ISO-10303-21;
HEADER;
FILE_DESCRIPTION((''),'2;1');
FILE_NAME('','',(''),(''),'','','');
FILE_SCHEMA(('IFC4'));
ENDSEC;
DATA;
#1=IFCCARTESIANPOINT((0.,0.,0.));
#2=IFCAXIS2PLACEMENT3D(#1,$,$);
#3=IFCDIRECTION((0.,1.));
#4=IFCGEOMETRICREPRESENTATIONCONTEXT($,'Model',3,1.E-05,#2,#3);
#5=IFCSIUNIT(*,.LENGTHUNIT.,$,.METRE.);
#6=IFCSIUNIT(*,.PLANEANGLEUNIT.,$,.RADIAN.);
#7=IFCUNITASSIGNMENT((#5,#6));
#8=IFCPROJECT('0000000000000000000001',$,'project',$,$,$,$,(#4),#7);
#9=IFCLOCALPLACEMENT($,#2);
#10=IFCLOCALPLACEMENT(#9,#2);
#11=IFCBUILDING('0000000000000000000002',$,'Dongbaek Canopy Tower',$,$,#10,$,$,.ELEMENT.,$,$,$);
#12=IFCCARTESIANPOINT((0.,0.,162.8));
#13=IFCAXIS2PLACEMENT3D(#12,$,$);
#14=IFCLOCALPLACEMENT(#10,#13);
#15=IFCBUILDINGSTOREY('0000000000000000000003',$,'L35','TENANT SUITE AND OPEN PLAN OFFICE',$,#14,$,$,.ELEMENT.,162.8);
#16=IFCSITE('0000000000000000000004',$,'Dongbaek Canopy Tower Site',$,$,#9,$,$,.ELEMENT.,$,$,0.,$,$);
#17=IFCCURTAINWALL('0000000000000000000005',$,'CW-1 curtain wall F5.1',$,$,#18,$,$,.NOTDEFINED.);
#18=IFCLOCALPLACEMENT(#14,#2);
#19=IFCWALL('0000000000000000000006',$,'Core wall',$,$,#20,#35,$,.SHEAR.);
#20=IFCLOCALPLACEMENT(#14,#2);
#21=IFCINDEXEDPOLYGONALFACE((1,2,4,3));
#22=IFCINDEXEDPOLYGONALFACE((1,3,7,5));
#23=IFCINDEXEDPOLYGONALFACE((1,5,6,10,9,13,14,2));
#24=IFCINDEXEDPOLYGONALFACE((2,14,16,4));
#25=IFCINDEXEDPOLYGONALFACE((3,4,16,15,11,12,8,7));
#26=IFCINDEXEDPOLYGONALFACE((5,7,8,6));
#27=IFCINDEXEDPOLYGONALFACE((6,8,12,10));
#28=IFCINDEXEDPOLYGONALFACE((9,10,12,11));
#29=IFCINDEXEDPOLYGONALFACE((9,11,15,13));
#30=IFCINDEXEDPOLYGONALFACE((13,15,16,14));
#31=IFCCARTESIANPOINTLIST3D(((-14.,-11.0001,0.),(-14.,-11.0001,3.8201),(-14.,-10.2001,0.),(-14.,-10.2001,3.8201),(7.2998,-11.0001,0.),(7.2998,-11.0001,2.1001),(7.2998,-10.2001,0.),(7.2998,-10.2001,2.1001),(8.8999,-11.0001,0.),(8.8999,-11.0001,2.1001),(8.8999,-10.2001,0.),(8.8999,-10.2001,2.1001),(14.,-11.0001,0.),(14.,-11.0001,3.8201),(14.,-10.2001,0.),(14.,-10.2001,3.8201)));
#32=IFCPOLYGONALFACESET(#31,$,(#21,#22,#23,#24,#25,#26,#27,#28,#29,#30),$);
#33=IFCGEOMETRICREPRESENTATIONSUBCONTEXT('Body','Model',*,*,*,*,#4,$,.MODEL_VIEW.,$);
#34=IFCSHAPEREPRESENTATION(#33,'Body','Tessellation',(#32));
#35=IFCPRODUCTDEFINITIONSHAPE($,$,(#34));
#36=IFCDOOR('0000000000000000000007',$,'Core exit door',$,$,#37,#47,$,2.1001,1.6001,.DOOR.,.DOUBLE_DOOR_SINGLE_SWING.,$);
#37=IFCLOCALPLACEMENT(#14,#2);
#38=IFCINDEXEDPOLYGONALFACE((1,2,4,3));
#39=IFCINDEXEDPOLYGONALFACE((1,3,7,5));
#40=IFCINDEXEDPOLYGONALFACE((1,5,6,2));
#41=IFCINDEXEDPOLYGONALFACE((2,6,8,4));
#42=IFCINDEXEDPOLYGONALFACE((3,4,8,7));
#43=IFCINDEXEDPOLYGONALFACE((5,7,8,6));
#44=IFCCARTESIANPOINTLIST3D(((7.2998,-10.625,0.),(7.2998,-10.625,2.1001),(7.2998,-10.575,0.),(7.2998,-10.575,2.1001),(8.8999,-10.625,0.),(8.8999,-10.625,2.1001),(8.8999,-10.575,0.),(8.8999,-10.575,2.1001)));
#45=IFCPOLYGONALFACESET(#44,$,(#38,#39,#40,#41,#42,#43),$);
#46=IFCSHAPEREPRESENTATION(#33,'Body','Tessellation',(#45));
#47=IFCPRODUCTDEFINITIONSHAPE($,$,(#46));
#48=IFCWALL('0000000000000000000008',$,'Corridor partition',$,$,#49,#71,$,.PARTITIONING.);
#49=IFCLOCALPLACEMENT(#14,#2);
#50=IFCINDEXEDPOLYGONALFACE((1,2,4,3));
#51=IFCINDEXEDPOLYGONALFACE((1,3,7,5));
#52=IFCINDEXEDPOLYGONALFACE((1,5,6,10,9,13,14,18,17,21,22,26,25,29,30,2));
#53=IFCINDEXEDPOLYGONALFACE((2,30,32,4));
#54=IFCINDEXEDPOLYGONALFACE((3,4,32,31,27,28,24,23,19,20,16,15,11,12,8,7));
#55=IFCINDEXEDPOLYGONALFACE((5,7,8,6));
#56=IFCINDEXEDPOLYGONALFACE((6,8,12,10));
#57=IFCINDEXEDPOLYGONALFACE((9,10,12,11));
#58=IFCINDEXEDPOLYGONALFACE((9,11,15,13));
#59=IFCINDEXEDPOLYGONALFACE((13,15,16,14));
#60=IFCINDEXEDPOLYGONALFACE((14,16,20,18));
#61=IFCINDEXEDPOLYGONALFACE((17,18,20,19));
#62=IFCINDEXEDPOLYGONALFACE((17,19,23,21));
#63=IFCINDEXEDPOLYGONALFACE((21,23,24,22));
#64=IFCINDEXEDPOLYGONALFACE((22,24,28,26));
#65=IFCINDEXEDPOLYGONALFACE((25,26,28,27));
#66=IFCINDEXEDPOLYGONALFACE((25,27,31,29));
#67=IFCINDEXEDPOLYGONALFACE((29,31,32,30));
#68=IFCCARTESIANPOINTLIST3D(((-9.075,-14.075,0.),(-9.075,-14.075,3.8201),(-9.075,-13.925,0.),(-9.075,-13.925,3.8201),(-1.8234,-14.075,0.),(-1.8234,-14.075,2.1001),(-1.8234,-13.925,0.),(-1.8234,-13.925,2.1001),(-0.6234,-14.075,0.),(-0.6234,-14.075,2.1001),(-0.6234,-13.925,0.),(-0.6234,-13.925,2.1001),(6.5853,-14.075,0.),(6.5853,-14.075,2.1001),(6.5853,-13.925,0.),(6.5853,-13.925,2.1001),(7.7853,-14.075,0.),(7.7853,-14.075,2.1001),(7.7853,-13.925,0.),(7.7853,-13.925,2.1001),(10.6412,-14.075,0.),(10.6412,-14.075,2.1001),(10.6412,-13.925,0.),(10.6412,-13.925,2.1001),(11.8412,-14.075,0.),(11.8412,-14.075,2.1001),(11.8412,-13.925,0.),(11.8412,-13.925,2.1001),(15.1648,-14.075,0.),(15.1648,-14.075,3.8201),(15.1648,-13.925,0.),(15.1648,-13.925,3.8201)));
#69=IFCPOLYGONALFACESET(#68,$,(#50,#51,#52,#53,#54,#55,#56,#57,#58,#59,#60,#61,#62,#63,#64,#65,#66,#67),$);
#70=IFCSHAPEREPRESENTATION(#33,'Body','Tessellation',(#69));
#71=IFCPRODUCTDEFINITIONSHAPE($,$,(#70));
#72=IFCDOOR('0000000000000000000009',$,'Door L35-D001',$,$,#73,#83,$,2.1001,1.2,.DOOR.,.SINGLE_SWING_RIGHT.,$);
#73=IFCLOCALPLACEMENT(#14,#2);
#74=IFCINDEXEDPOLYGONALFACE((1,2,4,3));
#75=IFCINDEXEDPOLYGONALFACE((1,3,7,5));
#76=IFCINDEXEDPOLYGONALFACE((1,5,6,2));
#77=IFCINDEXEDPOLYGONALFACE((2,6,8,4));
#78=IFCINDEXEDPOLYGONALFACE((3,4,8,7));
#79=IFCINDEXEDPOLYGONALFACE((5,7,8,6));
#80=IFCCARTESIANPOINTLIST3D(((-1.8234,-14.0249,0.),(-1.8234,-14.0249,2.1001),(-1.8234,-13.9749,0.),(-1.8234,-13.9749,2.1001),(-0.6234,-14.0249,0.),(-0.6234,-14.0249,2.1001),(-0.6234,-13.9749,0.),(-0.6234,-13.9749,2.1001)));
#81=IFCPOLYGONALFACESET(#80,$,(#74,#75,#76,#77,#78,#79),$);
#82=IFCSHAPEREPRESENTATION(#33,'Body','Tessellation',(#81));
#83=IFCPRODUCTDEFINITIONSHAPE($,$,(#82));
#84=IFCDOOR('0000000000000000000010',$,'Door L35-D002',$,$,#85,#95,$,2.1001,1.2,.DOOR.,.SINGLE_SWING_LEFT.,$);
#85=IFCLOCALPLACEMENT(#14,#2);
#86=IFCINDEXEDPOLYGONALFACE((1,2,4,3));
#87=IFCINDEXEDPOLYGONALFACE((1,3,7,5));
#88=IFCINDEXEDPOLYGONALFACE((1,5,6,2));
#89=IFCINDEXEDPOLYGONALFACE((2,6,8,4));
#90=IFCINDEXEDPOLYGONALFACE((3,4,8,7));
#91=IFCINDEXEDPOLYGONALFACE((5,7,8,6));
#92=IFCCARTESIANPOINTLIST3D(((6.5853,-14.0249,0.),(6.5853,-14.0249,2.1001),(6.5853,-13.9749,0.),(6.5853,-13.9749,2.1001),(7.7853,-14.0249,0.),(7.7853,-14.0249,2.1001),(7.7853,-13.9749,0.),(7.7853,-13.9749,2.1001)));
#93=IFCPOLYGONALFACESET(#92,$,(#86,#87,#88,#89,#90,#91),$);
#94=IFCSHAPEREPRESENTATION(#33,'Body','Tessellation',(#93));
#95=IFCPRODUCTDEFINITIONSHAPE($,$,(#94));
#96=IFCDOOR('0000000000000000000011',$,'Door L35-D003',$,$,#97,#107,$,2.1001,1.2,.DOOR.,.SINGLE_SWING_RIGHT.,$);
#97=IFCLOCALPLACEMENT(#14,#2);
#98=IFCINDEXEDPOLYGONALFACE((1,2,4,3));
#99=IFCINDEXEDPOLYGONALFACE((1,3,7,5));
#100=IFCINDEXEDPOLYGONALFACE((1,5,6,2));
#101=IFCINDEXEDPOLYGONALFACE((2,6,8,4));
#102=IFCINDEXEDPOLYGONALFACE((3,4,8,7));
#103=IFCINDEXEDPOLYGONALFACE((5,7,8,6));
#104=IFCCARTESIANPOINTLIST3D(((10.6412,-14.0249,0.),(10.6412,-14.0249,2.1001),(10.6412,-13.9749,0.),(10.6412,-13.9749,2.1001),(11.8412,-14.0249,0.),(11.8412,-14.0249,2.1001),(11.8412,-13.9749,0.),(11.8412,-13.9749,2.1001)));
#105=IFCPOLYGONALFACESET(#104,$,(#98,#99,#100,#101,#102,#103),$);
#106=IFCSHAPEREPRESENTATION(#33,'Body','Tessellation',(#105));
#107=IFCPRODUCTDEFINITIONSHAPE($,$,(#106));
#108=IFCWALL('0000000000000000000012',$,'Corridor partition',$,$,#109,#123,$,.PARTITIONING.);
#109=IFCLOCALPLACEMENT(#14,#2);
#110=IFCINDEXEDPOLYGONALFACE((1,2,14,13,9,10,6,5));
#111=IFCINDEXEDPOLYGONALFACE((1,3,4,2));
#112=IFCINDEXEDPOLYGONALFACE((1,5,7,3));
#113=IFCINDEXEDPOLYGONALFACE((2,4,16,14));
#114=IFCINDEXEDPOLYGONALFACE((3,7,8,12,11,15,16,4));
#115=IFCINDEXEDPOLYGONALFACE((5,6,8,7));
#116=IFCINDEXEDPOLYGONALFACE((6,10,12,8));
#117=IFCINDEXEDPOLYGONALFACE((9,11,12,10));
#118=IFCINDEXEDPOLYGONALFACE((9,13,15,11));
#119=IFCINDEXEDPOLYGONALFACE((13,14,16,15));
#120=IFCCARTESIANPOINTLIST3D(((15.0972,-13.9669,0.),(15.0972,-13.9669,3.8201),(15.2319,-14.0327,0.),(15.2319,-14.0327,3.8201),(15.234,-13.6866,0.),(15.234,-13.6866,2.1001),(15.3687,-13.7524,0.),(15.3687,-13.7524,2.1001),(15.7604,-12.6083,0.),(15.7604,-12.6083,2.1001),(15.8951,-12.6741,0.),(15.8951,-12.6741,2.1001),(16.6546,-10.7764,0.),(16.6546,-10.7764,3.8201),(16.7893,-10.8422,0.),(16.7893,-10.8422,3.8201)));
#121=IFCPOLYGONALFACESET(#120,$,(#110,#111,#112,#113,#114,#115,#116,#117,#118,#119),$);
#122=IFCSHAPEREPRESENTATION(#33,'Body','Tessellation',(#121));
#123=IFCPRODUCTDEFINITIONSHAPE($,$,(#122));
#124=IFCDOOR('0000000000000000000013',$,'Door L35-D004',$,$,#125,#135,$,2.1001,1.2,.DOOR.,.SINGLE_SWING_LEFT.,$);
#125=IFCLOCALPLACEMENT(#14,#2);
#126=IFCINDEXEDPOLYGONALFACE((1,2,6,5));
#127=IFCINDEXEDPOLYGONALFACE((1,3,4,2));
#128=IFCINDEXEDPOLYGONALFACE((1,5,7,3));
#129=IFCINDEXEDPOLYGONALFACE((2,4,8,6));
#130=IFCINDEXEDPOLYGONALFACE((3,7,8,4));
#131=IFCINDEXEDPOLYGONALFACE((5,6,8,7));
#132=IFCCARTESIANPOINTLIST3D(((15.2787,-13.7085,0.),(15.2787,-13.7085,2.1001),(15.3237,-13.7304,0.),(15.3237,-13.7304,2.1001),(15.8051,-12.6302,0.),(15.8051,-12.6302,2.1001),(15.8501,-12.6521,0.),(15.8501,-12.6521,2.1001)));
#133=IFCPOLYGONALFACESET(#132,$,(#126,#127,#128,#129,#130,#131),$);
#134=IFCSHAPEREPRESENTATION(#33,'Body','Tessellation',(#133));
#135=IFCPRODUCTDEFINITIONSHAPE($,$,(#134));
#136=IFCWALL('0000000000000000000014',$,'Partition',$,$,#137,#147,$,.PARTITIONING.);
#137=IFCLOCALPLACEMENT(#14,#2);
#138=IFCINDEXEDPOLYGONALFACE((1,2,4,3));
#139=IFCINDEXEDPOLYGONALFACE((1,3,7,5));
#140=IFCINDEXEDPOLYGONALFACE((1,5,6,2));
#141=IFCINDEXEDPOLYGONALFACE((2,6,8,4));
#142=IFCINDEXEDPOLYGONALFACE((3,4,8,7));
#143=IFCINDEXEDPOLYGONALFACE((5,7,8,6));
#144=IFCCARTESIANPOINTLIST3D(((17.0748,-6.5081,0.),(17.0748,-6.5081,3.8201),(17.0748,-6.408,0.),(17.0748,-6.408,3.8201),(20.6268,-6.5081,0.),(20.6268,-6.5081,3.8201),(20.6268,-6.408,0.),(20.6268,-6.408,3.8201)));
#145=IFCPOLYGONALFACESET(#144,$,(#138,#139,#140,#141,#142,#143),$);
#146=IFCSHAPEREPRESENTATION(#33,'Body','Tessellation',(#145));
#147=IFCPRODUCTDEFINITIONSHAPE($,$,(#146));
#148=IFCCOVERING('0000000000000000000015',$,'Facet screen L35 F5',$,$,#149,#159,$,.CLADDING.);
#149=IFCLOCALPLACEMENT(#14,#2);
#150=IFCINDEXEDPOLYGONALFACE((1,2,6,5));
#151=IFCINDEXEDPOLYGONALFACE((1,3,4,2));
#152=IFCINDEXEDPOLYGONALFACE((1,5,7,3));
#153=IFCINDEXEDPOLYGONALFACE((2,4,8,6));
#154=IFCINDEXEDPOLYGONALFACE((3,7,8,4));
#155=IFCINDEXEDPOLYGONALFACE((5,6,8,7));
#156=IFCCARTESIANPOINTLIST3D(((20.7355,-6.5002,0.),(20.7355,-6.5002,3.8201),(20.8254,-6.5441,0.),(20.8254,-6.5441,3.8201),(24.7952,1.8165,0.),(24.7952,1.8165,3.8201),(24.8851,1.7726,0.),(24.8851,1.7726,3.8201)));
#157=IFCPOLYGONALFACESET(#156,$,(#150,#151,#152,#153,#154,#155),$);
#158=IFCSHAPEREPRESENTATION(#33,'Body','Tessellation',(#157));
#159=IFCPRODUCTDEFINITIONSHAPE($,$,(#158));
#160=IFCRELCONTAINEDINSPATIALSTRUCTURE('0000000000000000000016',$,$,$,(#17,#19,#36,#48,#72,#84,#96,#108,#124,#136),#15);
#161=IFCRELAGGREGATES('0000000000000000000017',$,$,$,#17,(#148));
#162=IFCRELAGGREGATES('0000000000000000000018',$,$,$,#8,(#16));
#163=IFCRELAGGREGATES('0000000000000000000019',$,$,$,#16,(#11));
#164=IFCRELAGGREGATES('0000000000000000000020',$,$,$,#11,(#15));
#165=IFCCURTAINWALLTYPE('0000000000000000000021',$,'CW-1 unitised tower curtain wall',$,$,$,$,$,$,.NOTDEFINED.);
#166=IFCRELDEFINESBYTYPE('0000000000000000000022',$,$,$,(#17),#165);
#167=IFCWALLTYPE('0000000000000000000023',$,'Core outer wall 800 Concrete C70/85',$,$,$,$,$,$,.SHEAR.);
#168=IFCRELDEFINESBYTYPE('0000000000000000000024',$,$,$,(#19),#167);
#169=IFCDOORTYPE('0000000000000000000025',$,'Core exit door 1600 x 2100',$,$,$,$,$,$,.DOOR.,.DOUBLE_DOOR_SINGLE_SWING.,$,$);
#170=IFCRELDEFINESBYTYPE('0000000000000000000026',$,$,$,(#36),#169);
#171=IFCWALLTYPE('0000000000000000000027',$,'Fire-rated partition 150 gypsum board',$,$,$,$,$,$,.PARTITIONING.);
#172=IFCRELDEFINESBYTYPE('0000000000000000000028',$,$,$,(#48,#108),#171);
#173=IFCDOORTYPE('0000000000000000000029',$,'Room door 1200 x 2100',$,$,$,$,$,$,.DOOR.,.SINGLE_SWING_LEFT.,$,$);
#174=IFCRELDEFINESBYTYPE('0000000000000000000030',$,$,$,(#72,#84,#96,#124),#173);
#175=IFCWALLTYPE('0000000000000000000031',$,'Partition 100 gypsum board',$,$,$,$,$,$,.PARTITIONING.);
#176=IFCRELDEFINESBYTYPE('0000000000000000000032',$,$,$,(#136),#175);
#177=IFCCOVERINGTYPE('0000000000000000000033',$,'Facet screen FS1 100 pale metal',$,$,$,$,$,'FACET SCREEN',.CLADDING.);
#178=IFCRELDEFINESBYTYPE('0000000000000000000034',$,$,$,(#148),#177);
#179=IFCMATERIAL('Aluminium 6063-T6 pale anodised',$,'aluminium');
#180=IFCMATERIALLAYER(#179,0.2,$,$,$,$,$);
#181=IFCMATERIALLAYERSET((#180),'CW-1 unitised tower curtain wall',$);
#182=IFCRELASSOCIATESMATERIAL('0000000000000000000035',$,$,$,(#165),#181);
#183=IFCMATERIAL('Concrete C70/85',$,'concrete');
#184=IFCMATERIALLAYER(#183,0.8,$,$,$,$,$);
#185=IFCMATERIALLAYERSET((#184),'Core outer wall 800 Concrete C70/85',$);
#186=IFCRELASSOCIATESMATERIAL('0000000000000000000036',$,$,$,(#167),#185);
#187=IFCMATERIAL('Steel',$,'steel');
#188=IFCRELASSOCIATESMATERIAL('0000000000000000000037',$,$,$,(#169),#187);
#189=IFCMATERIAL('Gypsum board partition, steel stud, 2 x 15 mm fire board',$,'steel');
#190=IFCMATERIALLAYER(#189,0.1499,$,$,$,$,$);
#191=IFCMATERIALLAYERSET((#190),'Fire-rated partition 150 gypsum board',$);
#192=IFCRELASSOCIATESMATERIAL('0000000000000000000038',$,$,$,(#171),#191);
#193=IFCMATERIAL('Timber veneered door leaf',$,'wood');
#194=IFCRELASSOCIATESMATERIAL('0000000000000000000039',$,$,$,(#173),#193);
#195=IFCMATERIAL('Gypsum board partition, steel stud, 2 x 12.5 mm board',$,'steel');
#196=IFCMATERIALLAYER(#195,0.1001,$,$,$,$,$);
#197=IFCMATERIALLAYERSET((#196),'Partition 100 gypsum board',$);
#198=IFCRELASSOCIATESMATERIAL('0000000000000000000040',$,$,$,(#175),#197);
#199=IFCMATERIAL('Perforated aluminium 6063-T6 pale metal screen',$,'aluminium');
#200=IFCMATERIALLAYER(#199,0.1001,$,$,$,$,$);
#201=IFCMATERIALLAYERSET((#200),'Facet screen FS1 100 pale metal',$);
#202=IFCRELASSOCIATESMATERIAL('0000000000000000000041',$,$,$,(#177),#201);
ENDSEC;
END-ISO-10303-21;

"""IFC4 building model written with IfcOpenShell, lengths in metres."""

from ifc_helpers import new_model, si_unit, direction, frame, frame_2d, origin, origin_2d, place, context, subcontext, project, spatial, rectangle, extrude, material, layer, layer_set, type_object, element, fill, aggregate, save


model = new_model("IFC4")

# Units and contexts
model_context = context("Model", 3, precision=1e-05, world=origin(), true_north=direction((0.0, 1.0)))
body_context = subcontext(model_context, "Body", "Model", "MODEL_VIEW")
ifc_project = project(units=[si_unit("LENGTHUNIT", "METRE"), si_unit("PLANEANGLEUNIT", "RADIAN")], contexts=[model_context])

# Site, building, storey
site_placement = place(None, origin())
site = spatial("IfcSite", under=ifc_project, at=site_placement, Name="Dongbaek Canopy Tower Site", CompositionType="ELEMENT", RefElevation=0.0)
building_placement = place(site_placement, origin())
building = spatial("IfcBuilding", under=site, at=building_placement, Name="Dongbaek Canopy Tower", CompositionType="ELEMENT")
storey_placement = place(building_placement, frame((0.0, 0.0, 162.8)))
storey = spatial("IfcBuildingStorey", under=building, at=storey_placement, Name="L35", Description="TENANT SUITE AND OPEN PLAN OFFICE", CompositionType="ELEMENT", Elevation=162.8)

# Curtain wall
ifc_material_1 = material(Name="Aluminium 6063-T6 pale anodised", Category="aluminium")
ifc_layer_1 = layer(ifc_material_1, 0.2)
ifc_layer_set_1 = layer_set([ifc_layer_1], Name="CW-1 unitised tower curtain wall")
curtain_wall_type = type_object("IfcCurtainWallType", Name="CW-1 unitised tower curtain wall", PredefinedType="NOTDEFINED", material=ifc_layer_set_1)
curtain_wall_placement = place(storey_placement, origin())
curtain_wall = element("IfcCurtainWall", 1, at=curtain_wall_placement, inside=storey, type_object=curtain_wall_type, Name="CW-1 curtain wall F5.1", PredefinedType="NOTDEFINED")

# Wall, opening, door
ifc_material_2 = material(Name="Concrete C70/85", Category="concrete")
ifc_layer_2 = layer(ifc_material_2, 0.8)
ifc_layer_set_2 = layer_set([ifc_layer_2], Name="Core outer wall 800 Concrete C70/85")
wall_type_1 = type_object("IfcWallType", Name="Core outer wall 800 Concrete C70/85", PredefinedType="SHEAR", material=ifc_layer_set_2)
wall_1_placement = place(storey_placement, frame((14.0, -10.6001, 0.0), z_axis=(0.0, 0.0, 1.0), x_axis=(-1.0, 0.0, 0.0)))
wall_1 = element("IfcWall", 2, at=wall_1_placement, inside=storey, type_object=wall_type_1, Name="Core wall", PredefinedType="SHEAR", context=body_context, shape_type="SweptSolid", body=[
    extrude(rectangle(XDim=28.0, YDim=0.8, at=frame_2d((14.0, 0.0))), origin(), (0.0, 0.0, 1.0), 3.8201),
])
opening_1_placement = place(wall_1_placement, frame((5.1001, 0.0, 0.0)))
opening_1 = element("IfcOpeningElement", 3, at=opening_1_placement, cuts=wall_1, PredefinedType="OPENING", context=body_context, shape_type="SweptSolid", body=[
    extrude(rectangle(XDim=1.6001, YDim=2.1001, at=frame_2d((0.8, 1.05))), frame((0.0, 0.4099, 0.0), z_axis=(0.0, -1.0, 0.0), x_axis=(1.0, 0.0, 0.0)), (0.0, 0.0, 1.0), 0.8201),
])
ifc_material_3 = material(Name="Steel", Category="steel")
door_type_1 = type_object("IfcDoorType", Name="Core exit door 1600 x 2100", OperationType="DOUBLE_DOOR_SINGLE_SWING", PredefinedType="DOOR", material=ifc_material_3)
door_1_placement = place(opening_1_placement, origin())
door_1 = element("IfcDoor", 4, at=door_1_placement, inside=storey, type_object=door_type_1, Name="Core exit door", OperationType="DOUBLE_DOOR_SINGLE_SWING", OverallHeight=2.1001, OverallWidth=1.6001, PredefinedType="DOOR", context=body_context, shape_type="SweptSolid", body=[
    extrude(rectangle(XDim=1.6001, YDim=2.1001, at=frame_2d((0.8, 1.05))), frame((0.0, 0.0249, 0.0), z_axis=(0.0, -1.0, 0.0), x_axis=(1.0, 0.0, 0.0)), (0.0, 0.0, 1.0), 0.05),
])
fill(opening_1, door_1)

# Wall, openings, doors
ifc_material_4 = material(Name="Gypsum board partition, steel stud, 2 x 15 mm fire board", Category="steel")
ifc_layer_3 = layer(ifc_material_4, 0.1499)
ifc_layer_set_3 = layer_set([ifc_layer_3], Name="Fire-rated partition 150 gypsum board")
wall_type_2 = type_object("IfcWallType", Name="Fire-rated partition 150 gypsum board", PredefinedType="PARTITIONING", material=ifc_layer_set_3)
wall_2_placement = place(storey_placement, frame((15.1648, -14.0, 0.0), z_axis=(0.0, 0.0, 1.0), x_axis=(-1.0, 0.0, 0.0)))
wall_2 = element("IfcWall", 5, at=wall_2_placement, inside=storey, type_object=wall_type_2, Name="Corridor partition", PredefinedType="PARTITIONING", context=body_context, shape_type="SweptSolid", body=[
    extrude(rectangle(XDim=24.2397, YDim=0.1499, at=frame_2d((12.1199, 0.0))), origin(), (0.0, 0.0, 1.0), 3.8201),
])
opening_2_placement = place(wall_2_placement, frame((15.7881, 0.0, 0.0)))
opening_2 = element("IfcOpeningElement", 6, at=opening_2_placement, cuts=wall_2, PredefinedType="OPENING", context=body_context, shape_type="SweptSolid", body=[
    extrude(rectangle(XDim=1.2, YDim=2.1001, at=frame_2d((0.6001, 1.05))), frame((0.0, 0.085, 0.0), z_axis=(0.0, -1.0, 0.0), x_axis=(1.0, 0.0, 0.0)), (0.0, 0.0, 1.0), 0.1699),
])
opening_3_placement = place(wall_2_placement, frame((7.3794, 0.0, 0.0)))
opening_3 = element("IfcOpeningElement", 7, at=opening_3_placement, cuts=wall_2, PredefinedType="OPENING", context=body_context, shape_type="SweptSolid", body=[
    extrude(rectangle(XDim=1.2, YDim=2.1001, at=frame_2d((0.6001, 1.05))), frame((0.0, 0.085, 0.0), z_axis=(0.0, -1.0, 0.0), x_axis=(1.0, 0.0, 0.0)), (0.0, 0.0, 1.0), 0.1699),
])
opening_4_placement = place(wall_2_placement, frame((3.3235, 0.0, 0.0)))
opening_4 = element("IfcOpeningElement", 8, at=opening_4_placement, cuts=wall_2, PredefinedType="OPENING", context=body_context, shape_type="SweptSolid", body=[
    extrude(rectangle(XDim=1.2, YDim=2.1001, at=frame_2d((0.6001, 1.05))), frame((0.0, 0.085, 0.0), z_axis=(0.0, -1.0, 0.0), x_axis=(1.0, 0.0, 0.0)), (0.0, 0.0, 1.0), 0.1699),
])
ifc_material_5 = material(Name="Timber veneered door leaf", Category="wood")
door_type_2 = type_object("IfcDoorType", Name="Room door 1200 x 2100", OperationType="SINGLE_SWING_LEFT", PredefinedType="DOOR", material=ifc_material_5)
door_2_placement = place(opening_2_placement, origin())
door_2 = element("IfcDoor", 9, at=door_2_placement, inside=storey, type_object=door_type_2, Name="Door L35-D001", OperationType="SINGLE_SWING_RIGHT", OverallHeight=2.1001, OverallWidth=1.2, PredefinedType="DOOR", context=body_context, shape_type="SweptSolid", body=[
    extrude(rectangle(XDim=1.2, YDim=2.1001, at=frame_2d((0.6001, 1.05))), frame((0.0, 0.0249, 0.0), z_axis=(0.0, -1.0, 0.0), x_axis=(1.0, 0.0, 0.0)), (0.0, 0.0, 1.0), 0.05),
])
fill(opening_2, door_2)
door_3_placement = place(opening_3_placement, origin())
door_3 = element("IfcDoor", 10, at=door_3_placement, inside=storey, type_object=door_type_2, Name="Door L35-D002", OperationType="SINGLE_SWING_LEFT", OverallHeight=2.1001, OverallWidth=1.2, PredefinedType="DOOR", context=body_context, shape_type="SweptSolid", body=[
    extrude(rectangle(XDim=1.2, YDim=2.1001, at=frame_2d((0.6001, 1.05))), frame((0.0, 0.0249, 0.0), z_axis=(0.0, -1.0, 0.0), x_axis=(1.0, 0.0, 0.0)), (0.0, 0.0, 1.0), 0.05),
])
fill(opening_3, door_3)
door_4_placement = place(opening_4_placement, origin())
door_4 = element("IfcDoor", 11, at=door_4_placement, inside=storey, type_object=door_type_2, Name="Door L35-D003", OperationType="SINGLE_SWING_RIGHT", OverallHeight=2.1001, OverallWidth=1.2, PredefinedType="DOOR", context=body_context, shape_type="SweptSolid", body=[
    extrude(rectangle(XDim=1.2, YDim=2.1001, at=frame_2d((0.6001, 1.05))), frame((0.0, 0.0249, 0.0), z_axis=(0.0, -1.0, 0.0), x_axis=(1.0, 0.0, 0.0)), (0.0, 0.0, 1.0), 0.05),
])
fill(opening_4, door_4)

# Wall, opening, door
wall_3_placement = place(storey_placement, frame((16.7219, -10.8093, 0.0), z_axis=(0.0, 0.0, 1.0), x_axis=(-0.438666, -0.89865, 0.0)))
wall_3 = element("IfcWall", 12, at=wall_3_placement, inside=storey, type_object=wall_type_2, Name="Corridor partition", PredefinedType="PARTITIONING", context=body_context, shape_type="SweptSolid", body=[
    extrude(rectangle(XDim=3.5503, YDim=0.1499, at=frame_2d((1.7751, 0.0))), origin(), (0.0, 0.0, 1.0), 3.8201),
])
opening_5_placement = place(wall_3_placement, frame((2.0383, 0.0, 0.0)))
opening_5 = element("IfcOpeningElement", 13, at=opening_5_placement, cuts=wall_3, PredefinedType="OPENING", context=body_context, shape_type="SweptSolid", body=[
    extrude(rectangle(XDim=1.2, YDim=2.1001, at=frame_2d((0.6001, 1.05))), frame((0.0, 0.085, 0.0), z_axis=(0.0, -1.0, 0.0), x_axis=(1.0, 0.0, 0.0)), (0.0, 0.0, 1.0), 0.1699),
])
door_5_placement = place(opening_5_placement, origin())
door_5 = element("IfcDoor", 14, at=door_5_placement, inside=storey, type_object=door_type_2, Name="Door L35-D004", OperationType="SINGLE_SWING_LEFT", OverallHeight=2.1001, OverallWidth=1.2, PredefinedType="DOOR", context=body_context, shape_type="SweptSolid", body=[
    extrude(rectangle(XDim=1.2, YDim=2.1001, at=frame_2d((0.6001, 1.05))), frame((0.0, 0.0249, 0.0), z_axis=(0.0, -1.0, 0.0), x_axis=(1.0, 0.0, 0.0)), (0.0, 0.0, 1.0), 0.05),
])
fill(opening_5, door_5)

# Wall
ifc_material_6 = material(Name="Gypsum board partition, steel stud, 2 x 12.5 mm board", Category="steel")
ifc_layer_4 = layer(ifc_material_6, 0.1001)
ifc_layer_set_4 = layer_set([ifc_layer_4], Name="Partition 100 gypsum board")
wall_type_3 = type_object("IfcWallType", Name="Partition 100 gypsum board", PredefinedType="PARTITIONING", material=ifc_layer_set_4)
wall_4_placement = place(storey_placement, frame((17.075, -6.458, 0.0), z_axis=(0.0, 0.0, 1.0), x_axis=(1.0, 0.0, 0.0)))
element("IfcWall", 15, at=wall_4_placement, inside=storey, type_object=wall_type_3, Name="Partition", PredefinedType="PARTITIONING", context=body_context, shape_type="SweptSolid", body=[
    extrude(rectangle(XDim=3.552, YDim=0.1001, at=frame_2d((1.7759, 0.0))), origin(), (0.0, 0.0, 1.0), 3.8201),
])

# Covering
ifc_material_7 = material(Name="Perforated aluminium 6063-T6 pale metal screen", Category="aluminium")
ifc_layer_5 = layer(ifc_material_7, 0.1001)
ifc_layer_set_5 = layer_set([ifc_layer_5], Name="Facet screen FS1 100 pale metal")
covering_type = type_object("IfcCoveringType", Name="Facet screen FS1 100 pale metal", ElementType="FACET SCREEN", PredefinedType="CLADDING", material=ifc_layer_set_5)
covering_placement = place(storey_placement, frame((22.8103, -2.3638, 0.0), z_axis=(0.0, 0.0, 1.0), x_axis=(0.438664, 0.898651, 0.0)))
covering = element("IfcCovering", 16, at=covering_placement, type_object=covering_type, Name="Facet screen L35 F5", PredefinedType="CLADDING", context=body_context, shape_type="SweptSolid", body=[
    extrude(rectangle(XDim=9.2546, YDim=0.1001, at=origin_2d()), origin(), (0.0, 0.0, 1.0), 3.8201),
])
aggregate(curtain_wall, [covering])

save(model, "model.ifc")
